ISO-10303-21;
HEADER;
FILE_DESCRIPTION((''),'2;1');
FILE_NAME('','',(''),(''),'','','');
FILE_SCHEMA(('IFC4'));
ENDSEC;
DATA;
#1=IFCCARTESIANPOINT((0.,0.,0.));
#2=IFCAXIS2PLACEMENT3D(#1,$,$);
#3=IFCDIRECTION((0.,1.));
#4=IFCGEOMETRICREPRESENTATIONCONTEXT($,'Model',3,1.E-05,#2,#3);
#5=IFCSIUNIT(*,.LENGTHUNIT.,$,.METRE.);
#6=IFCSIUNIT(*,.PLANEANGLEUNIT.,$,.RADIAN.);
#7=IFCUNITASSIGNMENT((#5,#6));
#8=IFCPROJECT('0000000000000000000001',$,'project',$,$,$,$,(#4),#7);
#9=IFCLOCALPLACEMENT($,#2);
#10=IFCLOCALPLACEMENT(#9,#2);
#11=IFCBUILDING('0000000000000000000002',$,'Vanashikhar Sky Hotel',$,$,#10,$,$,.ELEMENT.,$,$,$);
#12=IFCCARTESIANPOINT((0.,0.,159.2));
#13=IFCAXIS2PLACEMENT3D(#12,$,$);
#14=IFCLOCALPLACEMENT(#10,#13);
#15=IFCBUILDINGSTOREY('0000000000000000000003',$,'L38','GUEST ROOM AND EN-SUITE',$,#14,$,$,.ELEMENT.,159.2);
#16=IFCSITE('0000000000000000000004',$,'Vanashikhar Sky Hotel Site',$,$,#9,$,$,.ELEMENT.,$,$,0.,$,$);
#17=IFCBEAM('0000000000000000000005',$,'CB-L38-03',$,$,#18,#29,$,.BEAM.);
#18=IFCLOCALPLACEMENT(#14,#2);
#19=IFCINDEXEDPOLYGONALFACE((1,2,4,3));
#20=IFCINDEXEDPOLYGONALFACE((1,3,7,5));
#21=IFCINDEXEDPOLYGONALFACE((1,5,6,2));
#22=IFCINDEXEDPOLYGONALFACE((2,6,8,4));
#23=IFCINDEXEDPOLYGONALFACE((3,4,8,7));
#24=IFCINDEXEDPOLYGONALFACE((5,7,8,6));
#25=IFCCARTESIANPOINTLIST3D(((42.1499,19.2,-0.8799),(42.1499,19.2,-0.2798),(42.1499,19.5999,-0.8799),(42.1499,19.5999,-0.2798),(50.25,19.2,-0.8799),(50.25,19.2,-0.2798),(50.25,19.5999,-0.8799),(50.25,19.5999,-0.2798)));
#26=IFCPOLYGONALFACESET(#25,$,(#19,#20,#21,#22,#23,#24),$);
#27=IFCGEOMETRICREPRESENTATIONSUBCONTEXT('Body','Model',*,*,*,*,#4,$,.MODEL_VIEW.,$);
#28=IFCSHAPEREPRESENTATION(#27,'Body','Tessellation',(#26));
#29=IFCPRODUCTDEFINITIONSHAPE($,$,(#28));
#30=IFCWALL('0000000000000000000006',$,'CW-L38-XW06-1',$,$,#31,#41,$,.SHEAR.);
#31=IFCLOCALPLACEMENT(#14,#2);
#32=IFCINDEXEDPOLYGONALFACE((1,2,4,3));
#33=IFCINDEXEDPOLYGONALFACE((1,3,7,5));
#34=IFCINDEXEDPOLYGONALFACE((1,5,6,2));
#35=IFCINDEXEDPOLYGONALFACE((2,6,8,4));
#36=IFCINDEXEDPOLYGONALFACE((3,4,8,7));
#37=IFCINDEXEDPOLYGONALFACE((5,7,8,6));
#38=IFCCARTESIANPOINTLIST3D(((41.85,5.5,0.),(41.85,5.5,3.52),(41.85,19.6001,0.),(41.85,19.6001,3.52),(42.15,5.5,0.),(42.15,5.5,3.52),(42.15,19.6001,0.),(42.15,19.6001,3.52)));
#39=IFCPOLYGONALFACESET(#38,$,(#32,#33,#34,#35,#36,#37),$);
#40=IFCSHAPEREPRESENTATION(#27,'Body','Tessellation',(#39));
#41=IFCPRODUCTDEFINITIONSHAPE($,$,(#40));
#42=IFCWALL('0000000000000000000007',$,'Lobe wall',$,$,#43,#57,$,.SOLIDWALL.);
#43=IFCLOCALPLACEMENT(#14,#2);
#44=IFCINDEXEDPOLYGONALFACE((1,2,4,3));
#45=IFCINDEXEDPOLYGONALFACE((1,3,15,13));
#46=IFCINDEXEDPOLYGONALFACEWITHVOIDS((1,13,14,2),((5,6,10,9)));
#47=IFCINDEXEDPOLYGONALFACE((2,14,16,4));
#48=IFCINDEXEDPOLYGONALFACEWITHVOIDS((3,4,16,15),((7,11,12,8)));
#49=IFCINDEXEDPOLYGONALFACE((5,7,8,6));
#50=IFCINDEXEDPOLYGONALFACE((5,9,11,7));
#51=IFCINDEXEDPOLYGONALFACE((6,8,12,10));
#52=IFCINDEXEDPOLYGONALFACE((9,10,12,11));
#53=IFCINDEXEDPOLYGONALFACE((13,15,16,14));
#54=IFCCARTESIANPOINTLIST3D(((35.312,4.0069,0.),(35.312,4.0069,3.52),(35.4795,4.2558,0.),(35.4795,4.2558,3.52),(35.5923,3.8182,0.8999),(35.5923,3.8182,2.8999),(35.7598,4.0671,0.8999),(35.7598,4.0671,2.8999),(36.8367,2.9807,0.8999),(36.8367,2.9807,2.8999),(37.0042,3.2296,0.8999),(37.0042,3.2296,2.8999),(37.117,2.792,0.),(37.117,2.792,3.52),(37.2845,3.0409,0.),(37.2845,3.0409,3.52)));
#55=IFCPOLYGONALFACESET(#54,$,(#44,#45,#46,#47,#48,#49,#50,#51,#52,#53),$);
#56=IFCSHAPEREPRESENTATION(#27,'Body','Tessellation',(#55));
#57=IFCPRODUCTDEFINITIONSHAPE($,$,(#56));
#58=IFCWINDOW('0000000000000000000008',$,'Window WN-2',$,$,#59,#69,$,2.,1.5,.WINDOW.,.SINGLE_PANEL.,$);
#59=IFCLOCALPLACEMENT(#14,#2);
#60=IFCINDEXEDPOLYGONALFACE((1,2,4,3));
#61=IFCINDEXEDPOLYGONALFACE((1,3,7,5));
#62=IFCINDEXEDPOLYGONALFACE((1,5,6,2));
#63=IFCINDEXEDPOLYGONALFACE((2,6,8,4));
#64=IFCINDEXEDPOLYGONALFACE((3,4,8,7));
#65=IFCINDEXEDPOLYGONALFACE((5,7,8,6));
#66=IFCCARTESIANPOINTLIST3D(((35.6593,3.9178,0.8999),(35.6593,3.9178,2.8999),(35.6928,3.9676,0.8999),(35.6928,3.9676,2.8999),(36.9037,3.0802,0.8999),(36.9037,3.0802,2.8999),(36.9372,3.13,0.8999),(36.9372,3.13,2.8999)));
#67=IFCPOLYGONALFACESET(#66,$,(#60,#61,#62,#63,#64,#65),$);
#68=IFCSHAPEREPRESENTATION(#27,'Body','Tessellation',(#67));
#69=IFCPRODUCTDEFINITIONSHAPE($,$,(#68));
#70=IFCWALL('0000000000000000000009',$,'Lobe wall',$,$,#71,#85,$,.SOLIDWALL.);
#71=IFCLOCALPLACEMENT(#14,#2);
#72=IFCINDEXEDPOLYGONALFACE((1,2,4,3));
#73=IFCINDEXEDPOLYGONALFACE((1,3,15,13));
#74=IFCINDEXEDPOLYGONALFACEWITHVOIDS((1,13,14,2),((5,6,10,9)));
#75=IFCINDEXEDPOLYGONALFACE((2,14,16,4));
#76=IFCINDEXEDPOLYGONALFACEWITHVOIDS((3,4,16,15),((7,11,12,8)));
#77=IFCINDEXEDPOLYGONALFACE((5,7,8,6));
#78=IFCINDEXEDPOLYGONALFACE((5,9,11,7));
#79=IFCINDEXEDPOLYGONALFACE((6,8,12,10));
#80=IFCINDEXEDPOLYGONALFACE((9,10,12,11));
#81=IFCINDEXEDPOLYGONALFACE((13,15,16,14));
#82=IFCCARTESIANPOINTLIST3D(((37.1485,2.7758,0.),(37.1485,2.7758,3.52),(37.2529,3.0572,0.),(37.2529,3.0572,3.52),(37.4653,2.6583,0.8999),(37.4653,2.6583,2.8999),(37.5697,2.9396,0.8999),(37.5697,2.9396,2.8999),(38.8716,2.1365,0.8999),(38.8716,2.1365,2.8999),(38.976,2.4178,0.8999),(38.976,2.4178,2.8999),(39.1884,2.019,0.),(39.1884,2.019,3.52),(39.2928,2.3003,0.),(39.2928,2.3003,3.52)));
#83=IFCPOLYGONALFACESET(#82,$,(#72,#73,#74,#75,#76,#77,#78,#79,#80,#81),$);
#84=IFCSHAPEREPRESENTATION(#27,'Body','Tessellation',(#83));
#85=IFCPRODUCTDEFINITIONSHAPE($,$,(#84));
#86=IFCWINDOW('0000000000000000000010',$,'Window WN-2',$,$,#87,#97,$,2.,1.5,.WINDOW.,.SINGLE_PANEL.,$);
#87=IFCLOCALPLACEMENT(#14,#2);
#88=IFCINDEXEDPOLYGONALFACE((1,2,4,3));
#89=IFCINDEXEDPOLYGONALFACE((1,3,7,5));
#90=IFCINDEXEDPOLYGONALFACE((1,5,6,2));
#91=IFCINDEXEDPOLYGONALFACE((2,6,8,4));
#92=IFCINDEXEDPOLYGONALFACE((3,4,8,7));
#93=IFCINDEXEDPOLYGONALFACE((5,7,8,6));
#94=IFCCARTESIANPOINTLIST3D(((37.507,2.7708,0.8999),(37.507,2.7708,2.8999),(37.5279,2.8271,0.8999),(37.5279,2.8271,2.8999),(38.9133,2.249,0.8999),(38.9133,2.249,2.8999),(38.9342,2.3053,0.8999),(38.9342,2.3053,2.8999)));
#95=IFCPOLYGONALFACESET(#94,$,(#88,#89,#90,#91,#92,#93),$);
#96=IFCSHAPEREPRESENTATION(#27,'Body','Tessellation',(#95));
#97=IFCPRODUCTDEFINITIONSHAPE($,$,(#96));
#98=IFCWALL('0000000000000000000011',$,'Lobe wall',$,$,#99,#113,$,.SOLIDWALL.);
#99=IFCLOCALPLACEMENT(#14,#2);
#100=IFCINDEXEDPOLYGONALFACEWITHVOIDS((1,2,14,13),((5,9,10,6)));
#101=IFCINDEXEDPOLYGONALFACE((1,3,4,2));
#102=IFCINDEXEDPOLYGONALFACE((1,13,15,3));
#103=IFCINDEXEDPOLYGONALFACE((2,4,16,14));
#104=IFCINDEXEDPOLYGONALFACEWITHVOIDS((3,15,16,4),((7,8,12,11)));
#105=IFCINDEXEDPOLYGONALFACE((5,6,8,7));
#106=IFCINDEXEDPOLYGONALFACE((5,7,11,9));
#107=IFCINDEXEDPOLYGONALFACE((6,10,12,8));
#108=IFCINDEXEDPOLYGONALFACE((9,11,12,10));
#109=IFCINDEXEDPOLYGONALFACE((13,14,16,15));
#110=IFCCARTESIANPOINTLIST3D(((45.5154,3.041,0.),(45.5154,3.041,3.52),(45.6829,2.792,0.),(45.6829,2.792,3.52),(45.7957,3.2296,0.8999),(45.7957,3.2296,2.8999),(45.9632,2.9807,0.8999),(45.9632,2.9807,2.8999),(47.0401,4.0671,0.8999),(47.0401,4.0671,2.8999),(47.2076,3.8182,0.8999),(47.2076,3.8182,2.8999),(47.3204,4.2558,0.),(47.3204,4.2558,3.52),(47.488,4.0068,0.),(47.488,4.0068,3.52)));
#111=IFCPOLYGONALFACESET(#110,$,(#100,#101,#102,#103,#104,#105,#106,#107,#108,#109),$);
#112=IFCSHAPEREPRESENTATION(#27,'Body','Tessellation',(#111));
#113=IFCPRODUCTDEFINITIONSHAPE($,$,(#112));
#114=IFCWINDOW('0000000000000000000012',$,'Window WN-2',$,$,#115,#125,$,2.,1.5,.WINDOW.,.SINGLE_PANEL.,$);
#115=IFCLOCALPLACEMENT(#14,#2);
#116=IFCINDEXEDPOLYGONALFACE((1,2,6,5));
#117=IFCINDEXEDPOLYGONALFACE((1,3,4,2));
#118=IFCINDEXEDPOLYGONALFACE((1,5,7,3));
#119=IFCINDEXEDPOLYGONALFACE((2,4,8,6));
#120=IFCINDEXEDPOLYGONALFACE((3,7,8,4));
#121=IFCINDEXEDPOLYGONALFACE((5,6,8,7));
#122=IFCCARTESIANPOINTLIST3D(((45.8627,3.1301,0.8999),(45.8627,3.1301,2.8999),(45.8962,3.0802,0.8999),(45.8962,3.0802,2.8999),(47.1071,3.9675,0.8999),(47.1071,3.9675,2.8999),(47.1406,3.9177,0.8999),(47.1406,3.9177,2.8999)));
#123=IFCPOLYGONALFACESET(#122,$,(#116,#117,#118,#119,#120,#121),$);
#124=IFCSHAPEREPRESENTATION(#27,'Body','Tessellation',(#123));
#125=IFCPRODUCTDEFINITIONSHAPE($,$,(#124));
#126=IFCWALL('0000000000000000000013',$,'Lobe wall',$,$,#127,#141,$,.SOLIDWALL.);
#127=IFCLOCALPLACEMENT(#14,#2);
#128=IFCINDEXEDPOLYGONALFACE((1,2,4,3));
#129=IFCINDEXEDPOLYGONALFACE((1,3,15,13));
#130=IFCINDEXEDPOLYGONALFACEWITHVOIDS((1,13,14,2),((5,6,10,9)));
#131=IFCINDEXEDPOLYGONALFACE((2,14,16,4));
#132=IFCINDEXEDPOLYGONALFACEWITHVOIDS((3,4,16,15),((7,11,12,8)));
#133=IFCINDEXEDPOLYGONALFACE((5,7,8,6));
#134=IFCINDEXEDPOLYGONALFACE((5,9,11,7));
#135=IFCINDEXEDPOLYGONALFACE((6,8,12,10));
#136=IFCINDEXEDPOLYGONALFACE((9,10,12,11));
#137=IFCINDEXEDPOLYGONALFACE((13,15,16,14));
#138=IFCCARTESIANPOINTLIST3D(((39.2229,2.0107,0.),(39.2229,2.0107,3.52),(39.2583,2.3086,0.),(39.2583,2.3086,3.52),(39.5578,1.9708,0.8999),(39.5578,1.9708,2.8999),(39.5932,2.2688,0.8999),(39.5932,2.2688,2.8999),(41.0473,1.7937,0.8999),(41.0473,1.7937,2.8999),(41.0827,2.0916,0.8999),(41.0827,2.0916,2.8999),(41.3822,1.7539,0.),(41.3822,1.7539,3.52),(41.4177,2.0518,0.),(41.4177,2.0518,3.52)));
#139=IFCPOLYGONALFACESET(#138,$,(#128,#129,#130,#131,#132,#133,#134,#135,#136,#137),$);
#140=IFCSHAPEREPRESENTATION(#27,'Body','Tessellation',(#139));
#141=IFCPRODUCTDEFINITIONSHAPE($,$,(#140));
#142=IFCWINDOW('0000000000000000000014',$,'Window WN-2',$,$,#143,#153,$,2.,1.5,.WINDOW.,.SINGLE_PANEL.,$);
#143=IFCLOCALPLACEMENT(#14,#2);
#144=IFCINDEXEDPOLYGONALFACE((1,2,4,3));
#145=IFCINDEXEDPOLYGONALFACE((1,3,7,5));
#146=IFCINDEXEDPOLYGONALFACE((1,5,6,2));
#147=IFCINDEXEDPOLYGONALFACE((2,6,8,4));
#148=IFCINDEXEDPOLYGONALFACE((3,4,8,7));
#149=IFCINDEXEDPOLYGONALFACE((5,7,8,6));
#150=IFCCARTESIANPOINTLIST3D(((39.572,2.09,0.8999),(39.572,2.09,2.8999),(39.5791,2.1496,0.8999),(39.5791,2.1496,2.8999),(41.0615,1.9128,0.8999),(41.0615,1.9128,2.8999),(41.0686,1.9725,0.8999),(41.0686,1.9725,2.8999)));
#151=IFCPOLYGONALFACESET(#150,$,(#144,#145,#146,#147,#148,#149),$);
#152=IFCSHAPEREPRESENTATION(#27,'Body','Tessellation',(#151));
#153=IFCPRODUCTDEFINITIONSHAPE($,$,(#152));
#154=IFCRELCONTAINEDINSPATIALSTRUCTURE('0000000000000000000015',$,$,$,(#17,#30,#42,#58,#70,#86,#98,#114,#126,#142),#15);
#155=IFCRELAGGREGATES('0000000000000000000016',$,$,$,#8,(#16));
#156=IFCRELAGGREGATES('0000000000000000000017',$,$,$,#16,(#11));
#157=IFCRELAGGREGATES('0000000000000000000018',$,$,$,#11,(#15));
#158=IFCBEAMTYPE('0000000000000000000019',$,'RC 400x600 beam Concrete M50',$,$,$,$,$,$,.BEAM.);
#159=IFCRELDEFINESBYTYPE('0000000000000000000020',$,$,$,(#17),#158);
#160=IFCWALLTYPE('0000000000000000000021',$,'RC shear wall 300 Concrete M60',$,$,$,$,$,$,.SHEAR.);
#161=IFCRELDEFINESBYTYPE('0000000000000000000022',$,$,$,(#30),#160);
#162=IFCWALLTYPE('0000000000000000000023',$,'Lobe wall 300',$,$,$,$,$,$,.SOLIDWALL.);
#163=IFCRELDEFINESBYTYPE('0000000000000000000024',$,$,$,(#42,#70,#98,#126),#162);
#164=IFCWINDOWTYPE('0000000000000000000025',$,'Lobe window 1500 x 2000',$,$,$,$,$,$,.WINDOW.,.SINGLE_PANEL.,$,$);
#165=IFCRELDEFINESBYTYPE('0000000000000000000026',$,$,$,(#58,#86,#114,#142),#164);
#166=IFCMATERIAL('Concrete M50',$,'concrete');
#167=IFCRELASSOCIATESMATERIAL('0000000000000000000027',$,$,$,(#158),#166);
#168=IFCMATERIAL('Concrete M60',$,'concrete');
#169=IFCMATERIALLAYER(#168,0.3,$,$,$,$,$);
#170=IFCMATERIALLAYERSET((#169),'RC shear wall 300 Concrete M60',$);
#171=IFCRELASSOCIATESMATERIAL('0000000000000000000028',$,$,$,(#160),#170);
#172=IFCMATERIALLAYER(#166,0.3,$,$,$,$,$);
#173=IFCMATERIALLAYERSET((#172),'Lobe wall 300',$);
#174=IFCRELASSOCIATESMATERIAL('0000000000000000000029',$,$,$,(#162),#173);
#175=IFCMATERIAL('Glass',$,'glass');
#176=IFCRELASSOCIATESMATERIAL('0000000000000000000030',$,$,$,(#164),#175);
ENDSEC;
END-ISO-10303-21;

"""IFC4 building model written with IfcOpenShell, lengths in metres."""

from ifc_helpers import new_model, si_unit, direction, frame, frame_2d, origin, origin_2d, place, context, subcontext, project, spatial, rectangle, extrude, source, transform, mapped, material, layer, layer_set, material_profile, profile_set, type_object, element, fill, save


model = new_model("IFC4")

# Units and contexts
model_context = context("Model", 3, precision=1e-05, world=origin(), true_north=direction((0.0, 1.0)))
body_context = subcontext(model_context, "Body", "Model", "MODEL_VIEW")
ifc_project = project(units=[si_unit("LENGTHUNIT", "METRE"), si_unit("PLANEANGLEUNIT", "RADIAN")], contexts=[model_context])

# Site, building, storey
site_placement = place(None, origin())
site = spatial("IfcSite", under=ifc_project, at=site_placement, Name="Vanashikhar Sky Hotel Site", CompositionType="ELEMENT", RefElevation=0.0)
building_placement = place(site_placement, origin())
building = spatial("IfcBuilding", under=site, at=building_placement, Name="Vanashikhar Sky Hotel", CompositionType="ELEMENT")
storey_placement = place(building_placement, frame((0.0, 0.0, 159.2)))
storey = spatial("IfcBuildingStorey", under=building, at=storey_placement, Name="L38", Description="GUEST ROOM AND EN-SUITE", CompositionType="ELEMENT", Elevation=159.2)

# Beam
ifc_material_1 = material(Name="Concrete M50", Category="concrete")
ifc_material_profile_1 = material_profile(ifc_material_1, rectangle(XDim=0.3999, YDim=0.6001, at=origin_2d()))
ifc_profile_set_1 = profile_set([ifc_material_profile_1], Name="RC 400x600 beam Concrete M50")
beam_type = type_object("IfcBeamType", Name="RC 400x600 beam Concrete M50", PredefinedType="BEAM", material=ifc_profile_set_1)
shared_shape_1 = source(origin(), body_context, "Body", "SweptSolid", [
    extrude(rectangle(XDim=0.3999, YDim=0.6001, at=origin_2d()), origin(), (0.0, 0.0, 1.0), 8.1001),
])
beam_placement = place(storey_placement, frame((42.1499, 19.3999, -0.5798), z_axis=(1.0, 0.0, 0.0), x_axis=(0.0, 1.0, 0.0)))
element("IfcBeam", 1, at=beam_placement, inside=storey, type_object=beam_type, Name="CB-L38-03", PredefinedType="BEAM", context=body_context, shape_type="MappedRepresentation", body=[
    mapped(shared_shape_1, transform((0.0, 0.0, 0.0), scale=1.0)),
])

# Wall
ifc_material_2 = material(Name="Concrete M60", Category="concrete")
ifc_layer_1 = layer(ifc_material_2, 0.3)
ifc_layer_set_1 = layer_set([ifc_layer_1], Name="RC shear wall 300 Concrete M60")
wall_type_1 = type_object("IfcWallType", Name="RC shear wall 300 Concrete M60", PredefinedType="SHEAR", material=ifc_layer_set_1)
shared_shape_2 = source(origin(), body_context, "Body", "SweptSolid", [
    extrude(rectangle(XDim=14.1001, YDim=0.3, at=frame_2d((7.05, 0.0))), origin(), (0.0, 0.0, 1.0), 3.52),
])
wall_1_placement = place(storey_placement, frame((42.0, 5.5, 0.0), z_axis=(0.0, 0.0, 1.0), x_axis=(0.0, 1.0, 0.0)))
element("IfcWall", 2, at=wall_1_placement, inside=storey, type_object=wall_type_1, Name="CW-L38-XW06-1", PredefinedType="SHEAR", context=body_context, shape_type="MappedRepresentation", body=[
    mapped(shared_shape_2, transform((0.0, 0.0, 0.0), scale=1.0)),
])

# Walls, openings, windows
ifc_layer_2 = layer(ifc_material_1, 0.3)
ifc_layer_set_2 = layer_set([ifc_layer_2], Name="Lobe wall 300")
wall_type_2 = type_object("IfcWallType", Name="Lobe wall 300", PredefinedType="SOLIDWALL", material=ifc_layer_set_2)
shared_shape_3 = source(origin(), body_context, "Body", "SweptSolid", [
    extrude(rectangle(XDim=2.1758, YDim=0.3, at=frame_2d((1.0879, 0.0))), origin(), (0.0, 0.0, 1.0), 3.52),
])
wall_2_placement = place(storey_placement, frame((35.3958, 4.1313, 0.0), z_axis=(0.0, 0.0, 1.0), x_axis=(0.829591, -0.558372, 0.0)))
wall_2 = element("IfcWall", 3, at=wall_2_placement, inside=storey, type_object=wall_type_2, Name="Lobe wall", PredefinedType="SOLIDWALL", context=body_context, shape_type="MappedRepresentation", body=[
    mapped(shared_shape_3, transform((0.0, 0.0, 0.0), scale=1.0)),
])
shared_shape_4 = source(origin(), body_context, "Body", "SweptSolid", [
    extrude(rectangle(XDim=1.5, YDim=2.0, at=frame_2d((0.75, 1.0))), frame((0.0, 0.1602, 0.0), z_axis=(0.0, -1.0, 0.0), x_axis=(1.0, 0.0, 0.0)), (0.0, 0.0, 1.0), 0.3201),
])
opening_1_placement = place(wall_2_placement, frame((0.3379, 0.0, 0.8999)))
opening_1 = element("IfcOpeningElement", 4, at=opening_1_placement, cuts=wall_2, PredefinedType="OPENING", context=body_context, shape_type="MappedRepresentation", body=[
    mapped(shared_shape_4, transform((0.0, 0.0, 0.0), scale=1.0)),
])
ifc_material_3 = material(Name="Glass", Category="glass")
window_type = type_object("IfcWindowType", Name="Lobe window 1500 x 2000", PartitioningType="SINGLE_PANEL", PredefinedType="WINDOW", material=ifc_material_3)
shared_shape_5 = source(origin(), body_context, "Body", "SweptSolid", [
    extrude(rectangle(XDim=1.5, YDim=2.0, at=frame_2d((0.75, 1.0))), frame((0.0, 0.03, 0.0), z_axis=(0.0, -1.0, 0.0), x_axis=(1.0, 0.0, 0.0)), (0.0, 0.0, 1.0), 0.0601),
])
window_1_placement = place(opening_1_placement, origin())
window_1 = element("IfcWindow", 5, at=window_1_placement, inside=storey, type_object=window_type, Name="Window WN-2", OverallHeight=2.0, OverallWidth=1.5, PartitioningType="SINGLE_PANEL", PredefinedType="WINDOW", context=body_context, shape_type="MappedRepresentation", body=[
    mapped(shared_shape_5, transform((0.0, 0.0, 0.0), scale=1.0)),
])
fill(opening_1, window_1)
wall_3_placement = place(storey_placement, frame((37.2007, 2.9165, 0.0), z_axis=(0.0, 0.0, 1.0), x_axis=(0.937546, -0.347863, 0.0)))
wall_3 = element("IfcWall", 6, at=wall_3_placement, inside=storey, type_object=wall_type_2, Name="Lobe wall", PredefinedType="SOLIDWALL", context=body_context, shape_type="MappedRepresentation", body=[
    mapped(shared_shape_3, transform((0.0, 0.0, 0.0), scale=1.0)),
])
opening_2_placement = place(wall_3_placement, frame((0.3379, 0.0, 0.8999)))
opening_2 = element("IfcOpeningElement", 7, at=opening_2_placement, cuts=wall_3, PredefinedType="OPENING", context=body_context, shape_type="MappedRepresentation", body=[
    mapped(shared_shape_4, transform((0.0, 0.0, 0.0), scale=1.0)),
])
window_2_placement = place(opening_2_placement, origin())
window_2 = element("IfcWindow", 8, at=window_2_placement, inside=storey, type_object=window_type, Name="Window WN-2", OverallHeight=2.0, OverallWidth=1.5, PartitioningType="SINGLE_PANEL", PredefinedType="WINDOW", context=body_context, shape_type="MappedRepresentation", body=[
    mapped(shared_shape_5, transform((0.0, 0.0, 0.0), scale=1.0)),
])
fill(opening_2, window_2)
wall_4_placement = place(storey_placement, frame((45.5991, 2.9165, 0.0), z_axis=(0.0, 0.0, 1.0), x_axis=(0.829626, 0.55832, 0.0)))
wall_4 = element("IfcWall", 9, at=wall_4_placement, inside=storey, type_object=wall_type_2, Name="Lobe wall", PredefinedType="SOLIDWALL", context=body_context, shape_type="MappedRepresentation", body=[
    mapped(shared_shape_3, transform((0.0, 0.0, 0.0), scale=1.0)),
])
opening_3_placement = place(wall_4_placement, frame((0.3379, 0.0, 0.8999)))
opening_3 = element("IfcOpeningElement", 10, at=opening_3_placement, cuts=wall_4, PredefinedType="OPENING", context=body_context, shape_type="MappedRepresentation", body=[
    mapped(shared_shape_4, transform((0.0, 0.0, 0.0), scale=1.0)),
])
window_3_placement = place(opening_3_placement, origin())
window_3 = element("IfcWindow", 11, at=window_3_placement, inside=storey, type_object=window_type, Name="Window WN-2", OverallHeight=2.0, OverallWidth=1.5, PartitioningType="SINGLE_PANEL", PredefinedType="WINDOW", context=body_context, shape_type="MappedRepresentation", body=[
    mapped(shared_shape_5, transform((0.0, 0.0, 0.0), scale=1.0)),
])
fill(opening_3, window_3)
shared_shape_6 = source(origin(), body_context, "Body", "SweptSolid", [
    extrude(rectangle(XDim=2.1746, YDim=0.3, at=frame_2d((1.0874, 0.0))), origin(), (0.0, 0.0, 1.0), 3.52),
])
wall_5_placement = place(storey_placement, frame((39.2405, 2.1597, 0.0), z_axis=(0.0, 0.0, 1.0), x_axis=(0.993001, -0.118105, 0.0)))
wall_5 = element("IfcWall", 12, at=wall_5_placement, inside=storey, type_object=wall_type_2, Name="Lobe wall", PredefinedType="SOLIDWALL", context=body_context, shape_type="MappedRepresentation", body=[
    mapped(shared_shape_6, transform((0.0, 0.0, 0.0), scale=1.0)),
])
opening_4_placement = place(wall_5_placement, frame((0.3374, 0.0, 0.8999)))
opening_4 = element("IfcOpeningElement", 13, at=opening_4_placement, cuts=wall_5, PredefinedType="OPENING", context=body_context, shape_type="MappedRepresentation", body=[
    mapped(shared_shape_4, transform((0.0, 0.0, 0.0), scale=1.0)),
])
window_4_placement = place(opening_4_placement, origin())
window_4 = element("IfcWindow", 14, at=window_4_placement, inside=storey, type_object=window_type, Name="Window WN-2", OverallHeight=2.0, OverallWidth=1.5, PartitioningType="SINGLE_PANEL", PredefinedType="WINDOW", context=body_context, shape_type="MappedRepresentation", body=[
    mapped(shared_shape_5, transform((0.0, 0.0, 0.0), scale=1.0)),
])
fill(opening_4, window_4)

save(model, "model.ifc")
